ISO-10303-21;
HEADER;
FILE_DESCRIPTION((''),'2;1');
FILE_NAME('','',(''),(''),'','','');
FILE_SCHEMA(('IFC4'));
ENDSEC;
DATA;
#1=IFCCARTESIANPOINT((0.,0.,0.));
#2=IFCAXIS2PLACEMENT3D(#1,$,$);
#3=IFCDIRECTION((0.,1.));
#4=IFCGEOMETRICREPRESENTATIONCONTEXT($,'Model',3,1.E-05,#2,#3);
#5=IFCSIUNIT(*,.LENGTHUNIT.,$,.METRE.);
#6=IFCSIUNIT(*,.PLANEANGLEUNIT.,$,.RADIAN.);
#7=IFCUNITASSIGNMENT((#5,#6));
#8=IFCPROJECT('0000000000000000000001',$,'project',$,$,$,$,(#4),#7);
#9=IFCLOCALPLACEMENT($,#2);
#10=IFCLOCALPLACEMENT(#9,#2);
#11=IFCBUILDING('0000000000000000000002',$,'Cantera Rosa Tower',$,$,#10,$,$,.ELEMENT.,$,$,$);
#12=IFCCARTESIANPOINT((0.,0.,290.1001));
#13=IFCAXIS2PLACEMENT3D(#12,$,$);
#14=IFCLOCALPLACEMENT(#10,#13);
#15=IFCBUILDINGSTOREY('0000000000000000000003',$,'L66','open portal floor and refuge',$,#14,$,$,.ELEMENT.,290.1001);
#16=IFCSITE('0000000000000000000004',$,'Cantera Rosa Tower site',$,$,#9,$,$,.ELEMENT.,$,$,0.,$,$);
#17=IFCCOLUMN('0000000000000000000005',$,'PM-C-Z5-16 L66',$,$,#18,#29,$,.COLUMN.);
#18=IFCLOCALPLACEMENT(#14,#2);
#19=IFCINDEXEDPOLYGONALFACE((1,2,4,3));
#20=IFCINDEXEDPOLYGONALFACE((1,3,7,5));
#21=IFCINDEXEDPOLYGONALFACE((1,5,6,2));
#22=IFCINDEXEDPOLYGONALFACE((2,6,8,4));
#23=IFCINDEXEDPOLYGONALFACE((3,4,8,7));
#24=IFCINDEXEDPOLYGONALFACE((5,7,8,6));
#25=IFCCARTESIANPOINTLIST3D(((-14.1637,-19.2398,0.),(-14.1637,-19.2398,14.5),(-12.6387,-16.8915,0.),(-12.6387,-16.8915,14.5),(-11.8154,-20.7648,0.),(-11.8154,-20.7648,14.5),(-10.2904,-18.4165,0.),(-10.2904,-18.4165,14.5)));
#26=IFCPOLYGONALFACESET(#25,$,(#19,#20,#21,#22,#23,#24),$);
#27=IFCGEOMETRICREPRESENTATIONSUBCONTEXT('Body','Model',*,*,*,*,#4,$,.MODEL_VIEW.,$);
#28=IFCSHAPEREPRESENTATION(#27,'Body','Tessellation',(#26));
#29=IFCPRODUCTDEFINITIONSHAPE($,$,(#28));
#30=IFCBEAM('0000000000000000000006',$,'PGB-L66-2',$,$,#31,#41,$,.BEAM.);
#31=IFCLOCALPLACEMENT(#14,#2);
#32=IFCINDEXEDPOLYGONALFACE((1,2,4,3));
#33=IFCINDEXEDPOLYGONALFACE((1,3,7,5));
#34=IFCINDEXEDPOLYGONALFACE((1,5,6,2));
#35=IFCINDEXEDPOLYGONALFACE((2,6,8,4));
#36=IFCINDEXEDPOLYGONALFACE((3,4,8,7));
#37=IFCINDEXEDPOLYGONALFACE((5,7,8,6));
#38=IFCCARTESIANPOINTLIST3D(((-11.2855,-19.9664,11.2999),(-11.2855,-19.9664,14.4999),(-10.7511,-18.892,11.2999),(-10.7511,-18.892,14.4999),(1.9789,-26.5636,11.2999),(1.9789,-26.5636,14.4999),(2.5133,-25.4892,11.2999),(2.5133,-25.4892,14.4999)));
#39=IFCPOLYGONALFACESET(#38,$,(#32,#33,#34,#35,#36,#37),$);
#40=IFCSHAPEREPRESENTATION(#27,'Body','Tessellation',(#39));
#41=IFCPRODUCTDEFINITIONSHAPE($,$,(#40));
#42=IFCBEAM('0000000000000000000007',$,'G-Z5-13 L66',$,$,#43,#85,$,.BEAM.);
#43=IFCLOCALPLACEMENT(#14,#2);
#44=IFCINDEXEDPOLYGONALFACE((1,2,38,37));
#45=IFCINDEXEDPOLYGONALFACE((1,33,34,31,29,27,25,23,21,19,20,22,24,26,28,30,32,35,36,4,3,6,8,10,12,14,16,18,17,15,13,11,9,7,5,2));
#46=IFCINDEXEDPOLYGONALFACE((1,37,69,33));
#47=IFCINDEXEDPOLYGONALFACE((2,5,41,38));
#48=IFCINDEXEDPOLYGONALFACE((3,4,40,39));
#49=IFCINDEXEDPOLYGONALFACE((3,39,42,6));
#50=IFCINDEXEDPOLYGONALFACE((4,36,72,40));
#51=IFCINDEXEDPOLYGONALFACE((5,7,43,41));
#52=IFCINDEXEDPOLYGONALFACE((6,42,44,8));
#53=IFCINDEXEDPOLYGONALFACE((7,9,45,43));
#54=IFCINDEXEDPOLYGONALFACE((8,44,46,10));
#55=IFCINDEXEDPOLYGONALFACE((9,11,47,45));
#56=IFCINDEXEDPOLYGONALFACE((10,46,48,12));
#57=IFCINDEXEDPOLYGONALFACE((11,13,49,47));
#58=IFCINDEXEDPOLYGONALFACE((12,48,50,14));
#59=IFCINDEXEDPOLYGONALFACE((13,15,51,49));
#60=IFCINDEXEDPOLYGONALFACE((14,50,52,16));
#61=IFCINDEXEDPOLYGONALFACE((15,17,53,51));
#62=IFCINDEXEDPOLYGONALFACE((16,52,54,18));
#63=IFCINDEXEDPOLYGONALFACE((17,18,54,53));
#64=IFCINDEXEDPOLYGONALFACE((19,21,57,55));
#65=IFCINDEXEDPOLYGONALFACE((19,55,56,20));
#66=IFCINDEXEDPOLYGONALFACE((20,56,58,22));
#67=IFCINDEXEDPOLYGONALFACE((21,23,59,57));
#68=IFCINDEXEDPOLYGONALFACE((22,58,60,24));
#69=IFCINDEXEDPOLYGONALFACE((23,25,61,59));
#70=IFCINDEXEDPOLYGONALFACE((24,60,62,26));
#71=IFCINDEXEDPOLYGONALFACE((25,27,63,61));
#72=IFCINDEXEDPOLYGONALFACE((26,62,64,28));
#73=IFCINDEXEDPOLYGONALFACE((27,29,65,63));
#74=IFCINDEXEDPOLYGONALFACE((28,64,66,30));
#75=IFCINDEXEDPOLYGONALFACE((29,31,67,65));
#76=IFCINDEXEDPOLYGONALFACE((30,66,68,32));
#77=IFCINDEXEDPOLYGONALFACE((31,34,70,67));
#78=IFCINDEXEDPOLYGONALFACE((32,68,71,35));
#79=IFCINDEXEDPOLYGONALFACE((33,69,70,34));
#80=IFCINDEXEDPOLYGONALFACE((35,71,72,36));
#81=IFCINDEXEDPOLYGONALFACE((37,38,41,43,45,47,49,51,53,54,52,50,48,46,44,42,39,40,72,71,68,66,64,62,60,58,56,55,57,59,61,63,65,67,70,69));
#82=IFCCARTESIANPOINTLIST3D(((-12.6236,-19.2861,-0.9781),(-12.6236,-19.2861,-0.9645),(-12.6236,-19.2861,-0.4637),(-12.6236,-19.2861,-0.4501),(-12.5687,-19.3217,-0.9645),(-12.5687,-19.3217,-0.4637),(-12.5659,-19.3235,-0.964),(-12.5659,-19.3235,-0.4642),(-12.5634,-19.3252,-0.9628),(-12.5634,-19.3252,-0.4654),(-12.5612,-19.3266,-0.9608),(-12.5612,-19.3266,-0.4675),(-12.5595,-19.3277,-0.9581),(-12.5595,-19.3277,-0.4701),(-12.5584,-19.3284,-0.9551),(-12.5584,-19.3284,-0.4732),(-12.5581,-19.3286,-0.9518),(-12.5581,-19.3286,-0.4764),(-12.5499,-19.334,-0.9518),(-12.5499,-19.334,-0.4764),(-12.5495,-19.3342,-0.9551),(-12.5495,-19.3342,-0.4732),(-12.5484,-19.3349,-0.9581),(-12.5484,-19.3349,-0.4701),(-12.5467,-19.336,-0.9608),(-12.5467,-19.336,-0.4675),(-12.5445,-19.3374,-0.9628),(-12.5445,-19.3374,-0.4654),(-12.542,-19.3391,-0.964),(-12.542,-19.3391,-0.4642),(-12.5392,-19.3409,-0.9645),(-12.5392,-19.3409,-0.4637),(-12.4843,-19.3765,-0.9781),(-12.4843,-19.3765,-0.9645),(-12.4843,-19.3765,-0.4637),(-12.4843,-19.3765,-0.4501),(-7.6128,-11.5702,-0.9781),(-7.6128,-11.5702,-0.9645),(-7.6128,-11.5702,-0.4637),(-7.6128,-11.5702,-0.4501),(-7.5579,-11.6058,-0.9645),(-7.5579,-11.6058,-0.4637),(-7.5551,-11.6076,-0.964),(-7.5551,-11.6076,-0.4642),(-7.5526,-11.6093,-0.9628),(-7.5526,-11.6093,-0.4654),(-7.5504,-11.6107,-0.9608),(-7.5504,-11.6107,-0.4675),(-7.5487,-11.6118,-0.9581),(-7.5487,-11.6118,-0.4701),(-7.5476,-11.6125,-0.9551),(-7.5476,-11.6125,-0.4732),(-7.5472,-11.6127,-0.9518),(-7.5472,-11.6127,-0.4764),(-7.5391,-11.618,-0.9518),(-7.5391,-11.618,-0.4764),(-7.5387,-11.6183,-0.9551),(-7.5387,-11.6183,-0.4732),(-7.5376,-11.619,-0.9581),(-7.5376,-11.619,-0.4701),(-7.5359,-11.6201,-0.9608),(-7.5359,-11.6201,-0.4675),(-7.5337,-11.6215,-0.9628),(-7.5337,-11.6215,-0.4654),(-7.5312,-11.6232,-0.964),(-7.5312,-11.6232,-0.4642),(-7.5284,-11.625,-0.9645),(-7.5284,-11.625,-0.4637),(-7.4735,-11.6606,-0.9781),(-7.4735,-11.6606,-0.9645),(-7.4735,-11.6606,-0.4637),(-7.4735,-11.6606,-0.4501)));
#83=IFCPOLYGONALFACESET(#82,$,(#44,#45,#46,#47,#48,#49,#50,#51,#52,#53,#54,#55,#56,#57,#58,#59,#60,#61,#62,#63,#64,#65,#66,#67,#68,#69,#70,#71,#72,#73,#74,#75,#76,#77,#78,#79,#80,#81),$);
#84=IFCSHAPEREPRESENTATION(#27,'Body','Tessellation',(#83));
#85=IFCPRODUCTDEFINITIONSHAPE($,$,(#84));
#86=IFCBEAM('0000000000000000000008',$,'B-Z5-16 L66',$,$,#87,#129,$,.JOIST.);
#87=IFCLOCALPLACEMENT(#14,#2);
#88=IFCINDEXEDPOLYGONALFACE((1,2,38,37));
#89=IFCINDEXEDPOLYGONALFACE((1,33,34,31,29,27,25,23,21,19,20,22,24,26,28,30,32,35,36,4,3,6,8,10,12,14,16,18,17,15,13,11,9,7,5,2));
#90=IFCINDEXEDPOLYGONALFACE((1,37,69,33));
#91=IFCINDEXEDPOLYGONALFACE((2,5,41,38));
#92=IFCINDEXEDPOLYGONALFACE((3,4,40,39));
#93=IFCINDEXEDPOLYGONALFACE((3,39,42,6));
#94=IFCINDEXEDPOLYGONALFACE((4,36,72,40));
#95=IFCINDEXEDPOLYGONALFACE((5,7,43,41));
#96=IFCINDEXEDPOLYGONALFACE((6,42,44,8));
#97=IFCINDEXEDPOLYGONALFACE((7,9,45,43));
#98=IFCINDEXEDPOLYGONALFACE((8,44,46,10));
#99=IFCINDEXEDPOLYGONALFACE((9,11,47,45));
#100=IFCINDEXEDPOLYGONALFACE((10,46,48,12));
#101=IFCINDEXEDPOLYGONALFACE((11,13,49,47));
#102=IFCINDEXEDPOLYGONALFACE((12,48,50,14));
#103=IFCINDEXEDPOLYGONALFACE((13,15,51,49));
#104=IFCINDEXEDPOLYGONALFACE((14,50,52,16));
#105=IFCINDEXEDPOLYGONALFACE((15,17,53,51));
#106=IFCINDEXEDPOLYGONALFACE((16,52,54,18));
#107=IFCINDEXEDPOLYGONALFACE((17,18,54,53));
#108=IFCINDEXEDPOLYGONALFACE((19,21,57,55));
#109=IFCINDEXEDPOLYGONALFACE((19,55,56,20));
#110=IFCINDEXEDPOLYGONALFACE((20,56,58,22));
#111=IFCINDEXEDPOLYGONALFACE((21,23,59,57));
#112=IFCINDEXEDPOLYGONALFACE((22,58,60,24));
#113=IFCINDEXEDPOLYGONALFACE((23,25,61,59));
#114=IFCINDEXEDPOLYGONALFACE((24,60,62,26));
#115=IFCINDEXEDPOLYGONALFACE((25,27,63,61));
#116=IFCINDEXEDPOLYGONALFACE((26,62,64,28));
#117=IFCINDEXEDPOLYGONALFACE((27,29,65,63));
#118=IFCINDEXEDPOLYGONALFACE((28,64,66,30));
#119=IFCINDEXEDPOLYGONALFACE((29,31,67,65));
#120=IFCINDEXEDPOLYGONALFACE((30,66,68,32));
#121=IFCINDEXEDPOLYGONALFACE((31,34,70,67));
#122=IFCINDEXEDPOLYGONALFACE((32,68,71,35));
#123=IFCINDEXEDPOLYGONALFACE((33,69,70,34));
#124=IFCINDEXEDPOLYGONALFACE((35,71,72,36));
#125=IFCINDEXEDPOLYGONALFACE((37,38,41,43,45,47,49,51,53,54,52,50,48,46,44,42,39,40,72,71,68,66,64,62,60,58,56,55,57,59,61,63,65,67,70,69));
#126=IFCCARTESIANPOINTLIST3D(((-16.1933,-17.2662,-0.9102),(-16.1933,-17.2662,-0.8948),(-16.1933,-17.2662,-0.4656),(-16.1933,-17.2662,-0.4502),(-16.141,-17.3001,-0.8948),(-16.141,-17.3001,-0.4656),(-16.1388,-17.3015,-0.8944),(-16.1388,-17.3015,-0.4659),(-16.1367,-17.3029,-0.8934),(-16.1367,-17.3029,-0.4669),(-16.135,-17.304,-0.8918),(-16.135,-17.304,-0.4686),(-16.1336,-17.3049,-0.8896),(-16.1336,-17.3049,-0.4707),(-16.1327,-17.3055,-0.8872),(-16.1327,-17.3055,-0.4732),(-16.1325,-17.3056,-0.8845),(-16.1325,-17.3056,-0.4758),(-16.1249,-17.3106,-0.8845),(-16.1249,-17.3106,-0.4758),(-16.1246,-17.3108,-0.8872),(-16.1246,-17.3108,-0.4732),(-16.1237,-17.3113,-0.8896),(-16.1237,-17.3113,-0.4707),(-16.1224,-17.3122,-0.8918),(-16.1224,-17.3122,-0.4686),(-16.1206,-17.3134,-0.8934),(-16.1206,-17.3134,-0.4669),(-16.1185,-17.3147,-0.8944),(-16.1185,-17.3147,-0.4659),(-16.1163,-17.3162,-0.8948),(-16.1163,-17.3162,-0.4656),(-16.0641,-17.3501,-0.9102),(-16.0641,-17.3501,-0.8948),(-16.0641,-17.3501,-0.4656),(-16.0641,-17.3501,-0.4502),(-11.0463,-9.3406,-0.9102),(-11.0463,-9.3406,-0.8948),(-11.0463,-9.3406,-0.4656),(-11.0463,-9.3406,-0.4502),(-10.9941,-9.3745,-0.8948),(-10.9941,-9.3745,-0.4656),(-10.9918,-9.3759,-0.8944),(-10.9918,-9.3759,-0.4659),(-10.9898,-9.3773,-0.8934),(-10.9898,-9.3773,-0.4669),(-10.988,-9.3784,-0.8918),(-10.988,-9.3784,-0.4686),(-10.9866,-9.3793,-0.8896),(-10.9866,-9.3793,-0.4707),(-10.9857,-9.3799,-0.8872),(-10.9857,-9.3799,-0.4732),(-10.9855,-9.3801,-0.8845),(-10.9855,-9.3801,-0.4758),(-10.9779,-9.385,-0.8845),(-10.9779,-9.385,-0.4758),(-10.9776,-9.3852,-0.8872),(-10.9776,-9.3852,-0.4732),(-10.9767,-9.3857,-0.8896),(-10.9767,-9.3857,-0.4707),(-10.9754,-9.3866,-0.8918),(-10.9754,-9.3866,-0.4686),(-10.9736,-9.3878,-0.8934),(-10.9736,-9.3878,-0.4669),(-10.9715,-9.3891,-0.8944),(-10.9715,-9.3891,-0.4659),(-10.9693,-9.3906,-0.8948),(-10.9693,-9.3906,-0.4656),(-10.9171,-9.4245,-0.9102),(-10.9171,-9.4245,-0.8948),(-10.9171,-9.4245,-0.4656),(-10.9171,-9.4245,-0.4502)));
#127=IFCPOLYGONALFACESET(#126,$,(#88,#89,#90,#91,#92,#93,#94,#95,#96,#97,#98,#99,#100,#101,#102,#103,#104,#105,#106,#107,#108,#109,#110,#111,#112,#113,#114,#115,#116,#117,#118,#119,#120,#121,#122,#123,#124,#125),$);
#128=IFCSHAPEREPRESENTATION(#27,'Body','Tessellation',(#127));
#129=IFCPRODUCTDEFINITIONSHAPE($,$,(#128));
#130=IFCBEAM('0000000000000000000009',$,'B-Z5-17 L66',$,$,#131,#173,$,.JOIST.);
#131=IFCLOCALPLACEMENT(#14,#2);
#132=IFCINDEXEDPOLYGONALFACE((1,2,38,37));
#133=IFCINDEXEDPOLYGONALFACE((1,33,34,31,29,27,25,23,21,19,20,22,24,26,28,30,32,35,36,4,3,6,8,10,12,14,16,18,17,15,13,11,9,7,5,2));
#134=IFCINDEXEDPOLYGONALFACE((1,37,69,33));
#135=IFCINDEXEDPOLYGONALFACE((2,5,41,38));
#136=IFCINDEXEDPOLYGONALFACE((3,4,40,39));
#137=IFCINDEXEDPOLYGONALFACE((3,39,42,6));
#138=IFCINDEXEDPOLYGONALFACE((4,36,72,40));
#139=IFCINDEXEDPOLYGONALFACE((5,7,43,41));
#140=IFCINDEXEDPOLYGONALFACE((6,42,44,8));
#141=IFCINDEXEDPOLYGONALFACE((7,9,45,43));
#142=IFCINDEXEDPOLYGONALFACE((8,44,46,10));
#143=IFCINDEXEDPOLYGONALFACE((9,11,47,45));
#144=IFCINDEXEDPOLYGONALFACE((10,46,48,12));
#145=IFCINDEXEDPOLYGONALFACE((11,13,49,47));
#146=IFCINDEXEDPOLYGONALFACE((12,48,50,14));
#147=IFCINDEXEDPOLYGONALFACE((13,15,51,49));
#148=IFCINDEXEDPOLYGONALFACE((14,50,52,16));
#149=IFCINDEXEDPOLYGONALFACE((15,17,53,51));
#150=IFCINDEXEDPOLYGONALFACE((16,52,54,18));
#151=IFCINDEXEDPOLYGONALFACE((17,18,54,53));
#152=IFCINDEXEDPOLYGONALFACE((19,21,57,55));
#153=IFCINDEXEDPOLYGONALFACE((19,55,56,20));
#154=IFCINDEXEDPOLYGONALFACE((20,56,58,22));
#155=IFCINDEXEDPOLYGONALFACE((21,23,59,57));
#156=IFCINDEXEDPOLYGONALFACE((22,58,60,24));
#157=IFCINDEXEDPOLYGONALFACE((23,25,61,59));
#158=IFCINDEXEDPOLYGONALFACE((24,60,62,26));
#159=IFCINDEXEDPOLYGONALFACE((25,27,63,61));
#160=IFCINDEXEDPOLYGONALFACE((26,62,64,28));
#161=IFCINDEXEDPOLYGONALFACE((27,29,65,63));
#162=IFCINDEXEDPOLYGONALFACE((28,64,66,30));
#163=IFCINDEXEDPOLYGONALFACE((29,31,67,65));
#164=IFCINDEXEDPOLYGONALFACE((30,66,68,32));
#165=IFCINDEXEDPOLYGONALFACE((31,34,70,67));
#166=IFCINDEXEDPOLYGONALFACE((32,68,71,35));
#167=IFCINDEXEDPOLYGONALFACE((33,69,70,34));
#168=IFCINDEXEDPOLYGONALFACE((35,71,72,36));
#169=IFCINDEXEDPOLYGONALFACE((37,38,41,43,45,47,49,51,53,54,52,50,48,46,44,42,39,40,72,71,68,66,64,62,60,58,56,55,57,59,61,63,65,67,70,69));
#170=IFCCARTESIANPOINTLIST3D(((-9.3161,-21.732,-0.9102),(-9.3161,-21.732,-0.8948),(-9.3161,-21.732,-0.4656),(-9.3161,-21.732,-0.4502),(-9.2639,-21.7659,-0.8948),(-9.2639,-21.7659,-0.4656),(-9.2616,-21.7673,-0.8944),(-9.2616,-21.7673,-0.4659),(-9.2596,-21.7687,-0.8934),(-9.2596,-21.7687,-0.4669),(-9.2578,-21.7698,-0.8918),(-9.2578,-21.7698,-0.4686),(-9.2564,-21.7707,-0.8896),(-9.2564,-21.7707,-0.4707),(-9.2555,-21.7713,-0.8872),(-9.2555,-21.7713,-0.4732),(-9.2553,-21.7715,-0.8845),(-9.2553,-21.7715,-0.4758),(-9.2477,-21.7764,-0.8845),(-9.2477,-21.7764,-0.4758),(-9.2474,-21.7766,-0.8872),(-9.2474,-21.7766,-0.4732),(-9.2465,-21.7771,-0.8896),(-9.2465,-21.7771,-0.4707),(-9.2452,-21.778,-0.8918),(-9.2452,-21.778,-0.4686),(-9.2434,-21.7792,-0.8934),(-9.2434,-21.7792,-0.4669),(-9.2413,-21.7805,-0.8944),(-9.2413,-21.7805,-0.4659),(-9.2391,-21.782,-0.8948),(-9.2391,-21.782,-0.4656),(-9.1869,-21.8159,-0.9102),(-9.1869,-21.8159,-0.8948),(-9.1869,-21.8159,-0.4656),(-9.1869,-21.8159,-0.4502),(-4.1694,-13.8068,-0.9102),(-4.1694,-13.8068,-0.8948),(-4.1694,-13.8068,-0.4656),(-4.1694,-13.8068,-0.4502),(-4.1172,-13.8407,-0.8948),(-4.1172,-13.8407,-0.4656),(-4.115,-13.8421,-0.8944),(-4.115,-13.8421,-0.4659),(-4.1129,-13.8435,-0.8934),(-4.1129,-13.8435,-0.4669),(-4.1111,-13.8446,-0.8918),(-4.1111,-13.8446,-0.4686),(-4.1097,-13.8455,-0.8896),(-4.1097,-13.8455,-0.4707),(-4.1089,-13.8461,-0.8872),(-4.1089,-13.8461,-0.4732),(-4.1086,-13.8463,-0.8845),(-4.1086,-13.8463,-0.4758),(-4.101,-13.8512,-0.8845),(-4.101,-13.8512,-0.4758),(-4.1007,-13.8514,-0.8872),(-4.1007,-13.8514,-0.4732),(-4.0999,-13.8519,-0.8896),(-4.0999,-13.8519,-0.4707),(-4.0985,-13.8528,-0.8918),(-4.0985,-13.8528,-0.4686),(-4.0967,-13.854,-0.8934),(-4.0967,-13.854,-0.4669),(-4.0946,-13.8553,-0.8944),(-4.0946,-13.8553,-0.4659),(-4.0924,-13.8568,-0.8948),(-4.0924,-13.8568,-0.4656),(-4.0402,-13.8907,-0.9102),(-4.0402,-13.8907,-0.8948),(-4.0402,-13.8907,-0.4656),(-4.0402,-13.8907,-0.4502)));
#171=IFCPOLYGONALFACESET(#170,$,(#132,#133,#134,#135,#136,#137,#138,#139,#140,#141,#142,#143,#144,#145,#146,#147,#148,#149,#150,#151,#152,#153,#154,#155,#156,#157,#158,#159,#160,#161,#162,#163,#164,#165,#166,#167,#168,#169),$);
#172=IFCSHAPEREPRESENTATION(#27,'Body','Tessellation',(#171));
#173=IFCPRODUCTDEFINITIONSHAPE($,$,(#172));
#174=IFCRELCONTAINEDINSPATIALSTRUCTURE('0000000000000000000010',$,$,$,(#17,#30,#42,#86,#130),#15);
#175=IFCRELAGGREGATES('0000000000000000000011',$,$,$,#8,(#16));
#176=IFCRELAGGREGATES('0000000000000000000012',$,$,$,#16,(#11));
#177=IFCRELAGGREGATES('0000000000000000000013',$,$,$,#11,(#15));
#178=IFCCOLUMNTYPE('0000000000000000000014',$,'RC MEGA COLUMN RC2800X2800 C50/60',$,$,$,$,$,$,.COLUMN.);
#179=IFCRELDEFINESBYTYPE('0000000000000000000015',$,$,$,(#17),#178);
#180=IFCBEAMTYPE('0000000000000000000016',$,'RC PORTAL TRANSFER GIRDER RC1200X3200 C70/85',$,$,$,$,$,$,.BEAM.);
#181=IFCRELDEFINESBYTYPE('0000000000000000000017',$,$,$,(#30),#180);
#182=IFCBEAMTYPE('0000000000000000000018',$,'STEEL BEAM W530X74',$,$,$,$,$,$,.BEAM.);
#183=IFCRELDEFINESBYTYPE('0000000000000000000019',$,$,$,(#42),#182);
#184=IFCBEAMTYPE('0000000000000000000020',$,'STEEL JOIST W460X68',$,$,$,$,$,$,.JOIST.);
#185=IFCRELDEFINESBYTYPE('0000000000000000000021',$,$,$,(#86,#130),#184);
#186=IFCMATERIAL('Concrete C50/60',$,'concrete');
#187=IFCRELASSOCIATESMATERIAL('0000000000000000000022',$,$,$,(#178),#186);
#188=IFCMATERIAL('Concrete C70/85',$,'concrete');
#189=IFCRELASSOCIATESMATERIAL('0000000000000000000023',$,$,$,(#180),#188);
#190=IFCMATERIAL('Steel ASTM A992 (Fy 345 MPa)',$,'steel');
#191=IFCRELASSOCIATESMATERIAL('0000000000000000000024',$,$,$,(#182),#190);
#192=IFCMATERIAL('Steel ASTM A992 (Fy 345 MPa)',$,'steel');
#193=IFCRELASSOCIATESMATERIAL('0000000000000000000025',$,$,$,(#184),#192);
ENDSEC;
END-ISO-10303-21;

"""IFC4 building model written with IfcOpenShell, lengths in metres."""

from ifc_helpers import new_model, si_unit, direction, frame, origin, origin_2d, place, context, subcontext, project, spatial, rectangle, i_section, extrude, material, material_profile, profile_set, type_object, element, save


model = new_model("IFC4")

# Units and contexts
model_context = context("Model", 3, precision=1e-05, world=origin(), true_north=direction((0.0, 1.0)))
body_context = subcontext(model_context, "Body", "Model", "MODEL_VIEW")
ifc_project = project(units=[si_unit("LENGTHUNIT", "METRE"), si_unit("PLANEANGLEUNIT", "RADIAN")], contexts=[model_context])

# Site, building, storey
site_placement = place(None, origin())
site = spatial("IfcSite", under=ifc_project, at=site_placement, Name="Cantera Rosa Tower site", CompositionType="ELEMENT", RefElevation=0.0)
building_placement = place(site_placement, origin())
building = spatial("IfcBuilding", under=site, at=building_placement, Name="Cantera Rosa Tower", CompositionType="ELEMENT")
storey_placement = place(building_placement, frame((0.0, 0.0, 290.1001)))
storey = spatial("IfcBuildingStorey", under=building, at=storey_placement, Name="L66", Description="open portal floor and refuge", CompositionType="ELEMENT", Elevation=290.1001)

# Column
ifc_material_1 = material(Name="Concrete C50/60", Category="concrete")
ifc_material_profile_1 = material_profile(ifc_material_1, rectangle(XDim=2.8, YDim=2.8, at=origin_2d()), Name="RC MEGA COLUMN RC2800X2800 C50/60")
ifc_profile_set_1 = profile_set([ifc_material_profile_1], Name="Concrete C50/60")
column_type = type_object("IfcColumnType", Name="RC MEGA COLUMN RC2800X2800 C50/60", PredefinedType="COLUMN", material=ifc_profile_set_1)
column_placement = place(storey_placement, frame((-12.2271, -18.8281, 0.0), z_axis=(0.0, 0.0, 1.0), x_axis=(0.544639, 0.838671, 0.0)))
element("IfcColumn", 1, at=column_placement, inside=storey, type_object=column_type, Name="PM-C-Z5-16 L66", PredefinedType="COLUMN", context=body_context, shape_type="SweptSolid", body=[
    extrude(rectangle(XDim=2.8, YDim=2.8, at=origin_2d()), origin(), (0.0, 0.0, 1.0), 14.5),
])

# Beams
ifc_material_2 = material(Name="Concrete C70/85", Category="concrete")
ifc_material_profile_2 = material_profile(ifc_material_2, rectangle(XDim=1.2, YDim=3.2, at=origin_2d()), Name="RC PORTAL TRANSFER GIRDER RC1200X3200 C70/85")
ifc_profile_set_2 = profile_set([ifc_material_profile_2], Name="Concrete C70/85")
beam_type_1 = type_object("IfcBeamType", Name="RC PORTAL TRANSFER GIRDER RC1200X3200 C70/85", PredefinedType="BEAM", material=ifc_profile_set_2)
beam_1_placement = place(storey_placement, frame((-11.0183, -19.4292, 12.8999), z_axis=(0.895371, -0.445321, 0.0), x_axis=(0.445321, 0.895371, 0.0)))
element("IfcBeam", 2, at=beam_1_placement, inside=storey, type_object=beam_type_1, Name="PGB-L66-2", PredefinedType="BEAM", context=body_context, shape_type="SweptSolid", body=[
    extrude(rectangle(XDim=1.2, YDim=3.2, at=origin_2d()), origin(), (0.0, 0.0, 1.0), 14.8145),
])
ifc_material_3 = material(Name="Steel ASTM A992 (Fy 345 MPa)", Category="steel")
ifc_material_profile_3 = material_profile(ifc_material_3, i_section(OverallWidth=0.166, OverallDepth=0.5281, WebThickness=0.0098, FlangeThickness=0.0137, FilletRadius=0.0127, at=origin_2d()), Name="W530X74")
ifc_profile_set_3 = profile_set([ifc_material_profile_3], Name="Steel ASTM A992 (Fy 345 MPa)")
beam_type_2 = type_object("IfcBeamType", Name="STEEL BEAM W530X74", PredefinedType="BEAM", material=ifc_profile_set_3)
beam_2_placement = place(storey_placement, frame((-12.554, -19.3313, -0.7141), z_axis=(0.544641, 0.838669, 0.0), x_axis=(-0.838669, 0.544641, 0.0)))
element("IfcBeam", 3, at=beam_2_placement, inside=storey, type_object=beam_type_2, Name="G-Z5-13 L66", PredefinedType="BEAM", context=body_context, shape_type="SweptSolid", body=[
    extrude(i_section(OverallWidth=0.166, OverallDepth=0.5281, WebThickness=0.0098, FlangeThickness=0.0137, FilletRadius=0.0127, at=origin_2d()), origin(), (0.0, 0.0, 1.0), 9.2002),
])
ifc_material_4 = material(Name="Steel ASTM A992 (Fy 345 MPa)", Category="steel")
ifc_material_profile_4 = material_profile(ifc_material_4, i_section(OverallWidth=0.1541, OverallDepth=0.46, WebThickness=0.009, FlangeThickness=0.0154, FilletRadius=0.0103, at=origin_2d()), Name="W460X68")
ifc_profile_set_4 = profile_set([ifc_material_profile_4], Name="Steel ASTM A992 (Fy 345 MPa)")
beam_type_3 = type_object("IfcBeamType", Name="STEEL JOIST W460X68", PredefinedType="JOIST", material=ifc_profile_set_4)
beam_3_placement = place(storey_placement, frame((-16.1287, -17.3081, -0.6802), z_axis=(0.544644, 0.838667, 0.0), x_axis=(-0.838667, 0.544644, 0.0)))
element("IfcBeam", 4, at=beam_3_placement, inside=storey, type_object=beam_type_3, Name="B-Z5-16 L66", PredefinedType="JOIST", context=body_context, shape_type="SweptSolid", body=[
    extrude(i_section(OverallWidth=0.1541, OverallDepth=0.46, WebThickness=0.009, FlangeThickness=0.0154, FilletRadius=0.0103, at=origin_2d()), origin(), (0.0, 0.0, 1.0), 9.4502),
])
beam_4_placement = place(storey_placement, frame((-9.2515, -21.7739, -0.6802), z_axis=(0.544638, 0.838671, 0.0), x_axis=(-0.838671, 0.544638, 0.0)))
element("IfcBeam", 5, at=beam_4_placement, inside=storey, type_object=beam_type_3, Name="B-Z5-17 L66", PredefinedType="JOIST", context=body_context, shape_type="SweptSolid", body=[
    extrude(i_section(OverallWidth=0.1541, OverallDepth=0.46, WebThickness=0.009, FlangeThickness=0.0154, FilletRadius=0.0103, at=origin_2d()), origin(), (0.0, 0.0, 1.0), 9.4497),
])

save(model, "model.ifc")
